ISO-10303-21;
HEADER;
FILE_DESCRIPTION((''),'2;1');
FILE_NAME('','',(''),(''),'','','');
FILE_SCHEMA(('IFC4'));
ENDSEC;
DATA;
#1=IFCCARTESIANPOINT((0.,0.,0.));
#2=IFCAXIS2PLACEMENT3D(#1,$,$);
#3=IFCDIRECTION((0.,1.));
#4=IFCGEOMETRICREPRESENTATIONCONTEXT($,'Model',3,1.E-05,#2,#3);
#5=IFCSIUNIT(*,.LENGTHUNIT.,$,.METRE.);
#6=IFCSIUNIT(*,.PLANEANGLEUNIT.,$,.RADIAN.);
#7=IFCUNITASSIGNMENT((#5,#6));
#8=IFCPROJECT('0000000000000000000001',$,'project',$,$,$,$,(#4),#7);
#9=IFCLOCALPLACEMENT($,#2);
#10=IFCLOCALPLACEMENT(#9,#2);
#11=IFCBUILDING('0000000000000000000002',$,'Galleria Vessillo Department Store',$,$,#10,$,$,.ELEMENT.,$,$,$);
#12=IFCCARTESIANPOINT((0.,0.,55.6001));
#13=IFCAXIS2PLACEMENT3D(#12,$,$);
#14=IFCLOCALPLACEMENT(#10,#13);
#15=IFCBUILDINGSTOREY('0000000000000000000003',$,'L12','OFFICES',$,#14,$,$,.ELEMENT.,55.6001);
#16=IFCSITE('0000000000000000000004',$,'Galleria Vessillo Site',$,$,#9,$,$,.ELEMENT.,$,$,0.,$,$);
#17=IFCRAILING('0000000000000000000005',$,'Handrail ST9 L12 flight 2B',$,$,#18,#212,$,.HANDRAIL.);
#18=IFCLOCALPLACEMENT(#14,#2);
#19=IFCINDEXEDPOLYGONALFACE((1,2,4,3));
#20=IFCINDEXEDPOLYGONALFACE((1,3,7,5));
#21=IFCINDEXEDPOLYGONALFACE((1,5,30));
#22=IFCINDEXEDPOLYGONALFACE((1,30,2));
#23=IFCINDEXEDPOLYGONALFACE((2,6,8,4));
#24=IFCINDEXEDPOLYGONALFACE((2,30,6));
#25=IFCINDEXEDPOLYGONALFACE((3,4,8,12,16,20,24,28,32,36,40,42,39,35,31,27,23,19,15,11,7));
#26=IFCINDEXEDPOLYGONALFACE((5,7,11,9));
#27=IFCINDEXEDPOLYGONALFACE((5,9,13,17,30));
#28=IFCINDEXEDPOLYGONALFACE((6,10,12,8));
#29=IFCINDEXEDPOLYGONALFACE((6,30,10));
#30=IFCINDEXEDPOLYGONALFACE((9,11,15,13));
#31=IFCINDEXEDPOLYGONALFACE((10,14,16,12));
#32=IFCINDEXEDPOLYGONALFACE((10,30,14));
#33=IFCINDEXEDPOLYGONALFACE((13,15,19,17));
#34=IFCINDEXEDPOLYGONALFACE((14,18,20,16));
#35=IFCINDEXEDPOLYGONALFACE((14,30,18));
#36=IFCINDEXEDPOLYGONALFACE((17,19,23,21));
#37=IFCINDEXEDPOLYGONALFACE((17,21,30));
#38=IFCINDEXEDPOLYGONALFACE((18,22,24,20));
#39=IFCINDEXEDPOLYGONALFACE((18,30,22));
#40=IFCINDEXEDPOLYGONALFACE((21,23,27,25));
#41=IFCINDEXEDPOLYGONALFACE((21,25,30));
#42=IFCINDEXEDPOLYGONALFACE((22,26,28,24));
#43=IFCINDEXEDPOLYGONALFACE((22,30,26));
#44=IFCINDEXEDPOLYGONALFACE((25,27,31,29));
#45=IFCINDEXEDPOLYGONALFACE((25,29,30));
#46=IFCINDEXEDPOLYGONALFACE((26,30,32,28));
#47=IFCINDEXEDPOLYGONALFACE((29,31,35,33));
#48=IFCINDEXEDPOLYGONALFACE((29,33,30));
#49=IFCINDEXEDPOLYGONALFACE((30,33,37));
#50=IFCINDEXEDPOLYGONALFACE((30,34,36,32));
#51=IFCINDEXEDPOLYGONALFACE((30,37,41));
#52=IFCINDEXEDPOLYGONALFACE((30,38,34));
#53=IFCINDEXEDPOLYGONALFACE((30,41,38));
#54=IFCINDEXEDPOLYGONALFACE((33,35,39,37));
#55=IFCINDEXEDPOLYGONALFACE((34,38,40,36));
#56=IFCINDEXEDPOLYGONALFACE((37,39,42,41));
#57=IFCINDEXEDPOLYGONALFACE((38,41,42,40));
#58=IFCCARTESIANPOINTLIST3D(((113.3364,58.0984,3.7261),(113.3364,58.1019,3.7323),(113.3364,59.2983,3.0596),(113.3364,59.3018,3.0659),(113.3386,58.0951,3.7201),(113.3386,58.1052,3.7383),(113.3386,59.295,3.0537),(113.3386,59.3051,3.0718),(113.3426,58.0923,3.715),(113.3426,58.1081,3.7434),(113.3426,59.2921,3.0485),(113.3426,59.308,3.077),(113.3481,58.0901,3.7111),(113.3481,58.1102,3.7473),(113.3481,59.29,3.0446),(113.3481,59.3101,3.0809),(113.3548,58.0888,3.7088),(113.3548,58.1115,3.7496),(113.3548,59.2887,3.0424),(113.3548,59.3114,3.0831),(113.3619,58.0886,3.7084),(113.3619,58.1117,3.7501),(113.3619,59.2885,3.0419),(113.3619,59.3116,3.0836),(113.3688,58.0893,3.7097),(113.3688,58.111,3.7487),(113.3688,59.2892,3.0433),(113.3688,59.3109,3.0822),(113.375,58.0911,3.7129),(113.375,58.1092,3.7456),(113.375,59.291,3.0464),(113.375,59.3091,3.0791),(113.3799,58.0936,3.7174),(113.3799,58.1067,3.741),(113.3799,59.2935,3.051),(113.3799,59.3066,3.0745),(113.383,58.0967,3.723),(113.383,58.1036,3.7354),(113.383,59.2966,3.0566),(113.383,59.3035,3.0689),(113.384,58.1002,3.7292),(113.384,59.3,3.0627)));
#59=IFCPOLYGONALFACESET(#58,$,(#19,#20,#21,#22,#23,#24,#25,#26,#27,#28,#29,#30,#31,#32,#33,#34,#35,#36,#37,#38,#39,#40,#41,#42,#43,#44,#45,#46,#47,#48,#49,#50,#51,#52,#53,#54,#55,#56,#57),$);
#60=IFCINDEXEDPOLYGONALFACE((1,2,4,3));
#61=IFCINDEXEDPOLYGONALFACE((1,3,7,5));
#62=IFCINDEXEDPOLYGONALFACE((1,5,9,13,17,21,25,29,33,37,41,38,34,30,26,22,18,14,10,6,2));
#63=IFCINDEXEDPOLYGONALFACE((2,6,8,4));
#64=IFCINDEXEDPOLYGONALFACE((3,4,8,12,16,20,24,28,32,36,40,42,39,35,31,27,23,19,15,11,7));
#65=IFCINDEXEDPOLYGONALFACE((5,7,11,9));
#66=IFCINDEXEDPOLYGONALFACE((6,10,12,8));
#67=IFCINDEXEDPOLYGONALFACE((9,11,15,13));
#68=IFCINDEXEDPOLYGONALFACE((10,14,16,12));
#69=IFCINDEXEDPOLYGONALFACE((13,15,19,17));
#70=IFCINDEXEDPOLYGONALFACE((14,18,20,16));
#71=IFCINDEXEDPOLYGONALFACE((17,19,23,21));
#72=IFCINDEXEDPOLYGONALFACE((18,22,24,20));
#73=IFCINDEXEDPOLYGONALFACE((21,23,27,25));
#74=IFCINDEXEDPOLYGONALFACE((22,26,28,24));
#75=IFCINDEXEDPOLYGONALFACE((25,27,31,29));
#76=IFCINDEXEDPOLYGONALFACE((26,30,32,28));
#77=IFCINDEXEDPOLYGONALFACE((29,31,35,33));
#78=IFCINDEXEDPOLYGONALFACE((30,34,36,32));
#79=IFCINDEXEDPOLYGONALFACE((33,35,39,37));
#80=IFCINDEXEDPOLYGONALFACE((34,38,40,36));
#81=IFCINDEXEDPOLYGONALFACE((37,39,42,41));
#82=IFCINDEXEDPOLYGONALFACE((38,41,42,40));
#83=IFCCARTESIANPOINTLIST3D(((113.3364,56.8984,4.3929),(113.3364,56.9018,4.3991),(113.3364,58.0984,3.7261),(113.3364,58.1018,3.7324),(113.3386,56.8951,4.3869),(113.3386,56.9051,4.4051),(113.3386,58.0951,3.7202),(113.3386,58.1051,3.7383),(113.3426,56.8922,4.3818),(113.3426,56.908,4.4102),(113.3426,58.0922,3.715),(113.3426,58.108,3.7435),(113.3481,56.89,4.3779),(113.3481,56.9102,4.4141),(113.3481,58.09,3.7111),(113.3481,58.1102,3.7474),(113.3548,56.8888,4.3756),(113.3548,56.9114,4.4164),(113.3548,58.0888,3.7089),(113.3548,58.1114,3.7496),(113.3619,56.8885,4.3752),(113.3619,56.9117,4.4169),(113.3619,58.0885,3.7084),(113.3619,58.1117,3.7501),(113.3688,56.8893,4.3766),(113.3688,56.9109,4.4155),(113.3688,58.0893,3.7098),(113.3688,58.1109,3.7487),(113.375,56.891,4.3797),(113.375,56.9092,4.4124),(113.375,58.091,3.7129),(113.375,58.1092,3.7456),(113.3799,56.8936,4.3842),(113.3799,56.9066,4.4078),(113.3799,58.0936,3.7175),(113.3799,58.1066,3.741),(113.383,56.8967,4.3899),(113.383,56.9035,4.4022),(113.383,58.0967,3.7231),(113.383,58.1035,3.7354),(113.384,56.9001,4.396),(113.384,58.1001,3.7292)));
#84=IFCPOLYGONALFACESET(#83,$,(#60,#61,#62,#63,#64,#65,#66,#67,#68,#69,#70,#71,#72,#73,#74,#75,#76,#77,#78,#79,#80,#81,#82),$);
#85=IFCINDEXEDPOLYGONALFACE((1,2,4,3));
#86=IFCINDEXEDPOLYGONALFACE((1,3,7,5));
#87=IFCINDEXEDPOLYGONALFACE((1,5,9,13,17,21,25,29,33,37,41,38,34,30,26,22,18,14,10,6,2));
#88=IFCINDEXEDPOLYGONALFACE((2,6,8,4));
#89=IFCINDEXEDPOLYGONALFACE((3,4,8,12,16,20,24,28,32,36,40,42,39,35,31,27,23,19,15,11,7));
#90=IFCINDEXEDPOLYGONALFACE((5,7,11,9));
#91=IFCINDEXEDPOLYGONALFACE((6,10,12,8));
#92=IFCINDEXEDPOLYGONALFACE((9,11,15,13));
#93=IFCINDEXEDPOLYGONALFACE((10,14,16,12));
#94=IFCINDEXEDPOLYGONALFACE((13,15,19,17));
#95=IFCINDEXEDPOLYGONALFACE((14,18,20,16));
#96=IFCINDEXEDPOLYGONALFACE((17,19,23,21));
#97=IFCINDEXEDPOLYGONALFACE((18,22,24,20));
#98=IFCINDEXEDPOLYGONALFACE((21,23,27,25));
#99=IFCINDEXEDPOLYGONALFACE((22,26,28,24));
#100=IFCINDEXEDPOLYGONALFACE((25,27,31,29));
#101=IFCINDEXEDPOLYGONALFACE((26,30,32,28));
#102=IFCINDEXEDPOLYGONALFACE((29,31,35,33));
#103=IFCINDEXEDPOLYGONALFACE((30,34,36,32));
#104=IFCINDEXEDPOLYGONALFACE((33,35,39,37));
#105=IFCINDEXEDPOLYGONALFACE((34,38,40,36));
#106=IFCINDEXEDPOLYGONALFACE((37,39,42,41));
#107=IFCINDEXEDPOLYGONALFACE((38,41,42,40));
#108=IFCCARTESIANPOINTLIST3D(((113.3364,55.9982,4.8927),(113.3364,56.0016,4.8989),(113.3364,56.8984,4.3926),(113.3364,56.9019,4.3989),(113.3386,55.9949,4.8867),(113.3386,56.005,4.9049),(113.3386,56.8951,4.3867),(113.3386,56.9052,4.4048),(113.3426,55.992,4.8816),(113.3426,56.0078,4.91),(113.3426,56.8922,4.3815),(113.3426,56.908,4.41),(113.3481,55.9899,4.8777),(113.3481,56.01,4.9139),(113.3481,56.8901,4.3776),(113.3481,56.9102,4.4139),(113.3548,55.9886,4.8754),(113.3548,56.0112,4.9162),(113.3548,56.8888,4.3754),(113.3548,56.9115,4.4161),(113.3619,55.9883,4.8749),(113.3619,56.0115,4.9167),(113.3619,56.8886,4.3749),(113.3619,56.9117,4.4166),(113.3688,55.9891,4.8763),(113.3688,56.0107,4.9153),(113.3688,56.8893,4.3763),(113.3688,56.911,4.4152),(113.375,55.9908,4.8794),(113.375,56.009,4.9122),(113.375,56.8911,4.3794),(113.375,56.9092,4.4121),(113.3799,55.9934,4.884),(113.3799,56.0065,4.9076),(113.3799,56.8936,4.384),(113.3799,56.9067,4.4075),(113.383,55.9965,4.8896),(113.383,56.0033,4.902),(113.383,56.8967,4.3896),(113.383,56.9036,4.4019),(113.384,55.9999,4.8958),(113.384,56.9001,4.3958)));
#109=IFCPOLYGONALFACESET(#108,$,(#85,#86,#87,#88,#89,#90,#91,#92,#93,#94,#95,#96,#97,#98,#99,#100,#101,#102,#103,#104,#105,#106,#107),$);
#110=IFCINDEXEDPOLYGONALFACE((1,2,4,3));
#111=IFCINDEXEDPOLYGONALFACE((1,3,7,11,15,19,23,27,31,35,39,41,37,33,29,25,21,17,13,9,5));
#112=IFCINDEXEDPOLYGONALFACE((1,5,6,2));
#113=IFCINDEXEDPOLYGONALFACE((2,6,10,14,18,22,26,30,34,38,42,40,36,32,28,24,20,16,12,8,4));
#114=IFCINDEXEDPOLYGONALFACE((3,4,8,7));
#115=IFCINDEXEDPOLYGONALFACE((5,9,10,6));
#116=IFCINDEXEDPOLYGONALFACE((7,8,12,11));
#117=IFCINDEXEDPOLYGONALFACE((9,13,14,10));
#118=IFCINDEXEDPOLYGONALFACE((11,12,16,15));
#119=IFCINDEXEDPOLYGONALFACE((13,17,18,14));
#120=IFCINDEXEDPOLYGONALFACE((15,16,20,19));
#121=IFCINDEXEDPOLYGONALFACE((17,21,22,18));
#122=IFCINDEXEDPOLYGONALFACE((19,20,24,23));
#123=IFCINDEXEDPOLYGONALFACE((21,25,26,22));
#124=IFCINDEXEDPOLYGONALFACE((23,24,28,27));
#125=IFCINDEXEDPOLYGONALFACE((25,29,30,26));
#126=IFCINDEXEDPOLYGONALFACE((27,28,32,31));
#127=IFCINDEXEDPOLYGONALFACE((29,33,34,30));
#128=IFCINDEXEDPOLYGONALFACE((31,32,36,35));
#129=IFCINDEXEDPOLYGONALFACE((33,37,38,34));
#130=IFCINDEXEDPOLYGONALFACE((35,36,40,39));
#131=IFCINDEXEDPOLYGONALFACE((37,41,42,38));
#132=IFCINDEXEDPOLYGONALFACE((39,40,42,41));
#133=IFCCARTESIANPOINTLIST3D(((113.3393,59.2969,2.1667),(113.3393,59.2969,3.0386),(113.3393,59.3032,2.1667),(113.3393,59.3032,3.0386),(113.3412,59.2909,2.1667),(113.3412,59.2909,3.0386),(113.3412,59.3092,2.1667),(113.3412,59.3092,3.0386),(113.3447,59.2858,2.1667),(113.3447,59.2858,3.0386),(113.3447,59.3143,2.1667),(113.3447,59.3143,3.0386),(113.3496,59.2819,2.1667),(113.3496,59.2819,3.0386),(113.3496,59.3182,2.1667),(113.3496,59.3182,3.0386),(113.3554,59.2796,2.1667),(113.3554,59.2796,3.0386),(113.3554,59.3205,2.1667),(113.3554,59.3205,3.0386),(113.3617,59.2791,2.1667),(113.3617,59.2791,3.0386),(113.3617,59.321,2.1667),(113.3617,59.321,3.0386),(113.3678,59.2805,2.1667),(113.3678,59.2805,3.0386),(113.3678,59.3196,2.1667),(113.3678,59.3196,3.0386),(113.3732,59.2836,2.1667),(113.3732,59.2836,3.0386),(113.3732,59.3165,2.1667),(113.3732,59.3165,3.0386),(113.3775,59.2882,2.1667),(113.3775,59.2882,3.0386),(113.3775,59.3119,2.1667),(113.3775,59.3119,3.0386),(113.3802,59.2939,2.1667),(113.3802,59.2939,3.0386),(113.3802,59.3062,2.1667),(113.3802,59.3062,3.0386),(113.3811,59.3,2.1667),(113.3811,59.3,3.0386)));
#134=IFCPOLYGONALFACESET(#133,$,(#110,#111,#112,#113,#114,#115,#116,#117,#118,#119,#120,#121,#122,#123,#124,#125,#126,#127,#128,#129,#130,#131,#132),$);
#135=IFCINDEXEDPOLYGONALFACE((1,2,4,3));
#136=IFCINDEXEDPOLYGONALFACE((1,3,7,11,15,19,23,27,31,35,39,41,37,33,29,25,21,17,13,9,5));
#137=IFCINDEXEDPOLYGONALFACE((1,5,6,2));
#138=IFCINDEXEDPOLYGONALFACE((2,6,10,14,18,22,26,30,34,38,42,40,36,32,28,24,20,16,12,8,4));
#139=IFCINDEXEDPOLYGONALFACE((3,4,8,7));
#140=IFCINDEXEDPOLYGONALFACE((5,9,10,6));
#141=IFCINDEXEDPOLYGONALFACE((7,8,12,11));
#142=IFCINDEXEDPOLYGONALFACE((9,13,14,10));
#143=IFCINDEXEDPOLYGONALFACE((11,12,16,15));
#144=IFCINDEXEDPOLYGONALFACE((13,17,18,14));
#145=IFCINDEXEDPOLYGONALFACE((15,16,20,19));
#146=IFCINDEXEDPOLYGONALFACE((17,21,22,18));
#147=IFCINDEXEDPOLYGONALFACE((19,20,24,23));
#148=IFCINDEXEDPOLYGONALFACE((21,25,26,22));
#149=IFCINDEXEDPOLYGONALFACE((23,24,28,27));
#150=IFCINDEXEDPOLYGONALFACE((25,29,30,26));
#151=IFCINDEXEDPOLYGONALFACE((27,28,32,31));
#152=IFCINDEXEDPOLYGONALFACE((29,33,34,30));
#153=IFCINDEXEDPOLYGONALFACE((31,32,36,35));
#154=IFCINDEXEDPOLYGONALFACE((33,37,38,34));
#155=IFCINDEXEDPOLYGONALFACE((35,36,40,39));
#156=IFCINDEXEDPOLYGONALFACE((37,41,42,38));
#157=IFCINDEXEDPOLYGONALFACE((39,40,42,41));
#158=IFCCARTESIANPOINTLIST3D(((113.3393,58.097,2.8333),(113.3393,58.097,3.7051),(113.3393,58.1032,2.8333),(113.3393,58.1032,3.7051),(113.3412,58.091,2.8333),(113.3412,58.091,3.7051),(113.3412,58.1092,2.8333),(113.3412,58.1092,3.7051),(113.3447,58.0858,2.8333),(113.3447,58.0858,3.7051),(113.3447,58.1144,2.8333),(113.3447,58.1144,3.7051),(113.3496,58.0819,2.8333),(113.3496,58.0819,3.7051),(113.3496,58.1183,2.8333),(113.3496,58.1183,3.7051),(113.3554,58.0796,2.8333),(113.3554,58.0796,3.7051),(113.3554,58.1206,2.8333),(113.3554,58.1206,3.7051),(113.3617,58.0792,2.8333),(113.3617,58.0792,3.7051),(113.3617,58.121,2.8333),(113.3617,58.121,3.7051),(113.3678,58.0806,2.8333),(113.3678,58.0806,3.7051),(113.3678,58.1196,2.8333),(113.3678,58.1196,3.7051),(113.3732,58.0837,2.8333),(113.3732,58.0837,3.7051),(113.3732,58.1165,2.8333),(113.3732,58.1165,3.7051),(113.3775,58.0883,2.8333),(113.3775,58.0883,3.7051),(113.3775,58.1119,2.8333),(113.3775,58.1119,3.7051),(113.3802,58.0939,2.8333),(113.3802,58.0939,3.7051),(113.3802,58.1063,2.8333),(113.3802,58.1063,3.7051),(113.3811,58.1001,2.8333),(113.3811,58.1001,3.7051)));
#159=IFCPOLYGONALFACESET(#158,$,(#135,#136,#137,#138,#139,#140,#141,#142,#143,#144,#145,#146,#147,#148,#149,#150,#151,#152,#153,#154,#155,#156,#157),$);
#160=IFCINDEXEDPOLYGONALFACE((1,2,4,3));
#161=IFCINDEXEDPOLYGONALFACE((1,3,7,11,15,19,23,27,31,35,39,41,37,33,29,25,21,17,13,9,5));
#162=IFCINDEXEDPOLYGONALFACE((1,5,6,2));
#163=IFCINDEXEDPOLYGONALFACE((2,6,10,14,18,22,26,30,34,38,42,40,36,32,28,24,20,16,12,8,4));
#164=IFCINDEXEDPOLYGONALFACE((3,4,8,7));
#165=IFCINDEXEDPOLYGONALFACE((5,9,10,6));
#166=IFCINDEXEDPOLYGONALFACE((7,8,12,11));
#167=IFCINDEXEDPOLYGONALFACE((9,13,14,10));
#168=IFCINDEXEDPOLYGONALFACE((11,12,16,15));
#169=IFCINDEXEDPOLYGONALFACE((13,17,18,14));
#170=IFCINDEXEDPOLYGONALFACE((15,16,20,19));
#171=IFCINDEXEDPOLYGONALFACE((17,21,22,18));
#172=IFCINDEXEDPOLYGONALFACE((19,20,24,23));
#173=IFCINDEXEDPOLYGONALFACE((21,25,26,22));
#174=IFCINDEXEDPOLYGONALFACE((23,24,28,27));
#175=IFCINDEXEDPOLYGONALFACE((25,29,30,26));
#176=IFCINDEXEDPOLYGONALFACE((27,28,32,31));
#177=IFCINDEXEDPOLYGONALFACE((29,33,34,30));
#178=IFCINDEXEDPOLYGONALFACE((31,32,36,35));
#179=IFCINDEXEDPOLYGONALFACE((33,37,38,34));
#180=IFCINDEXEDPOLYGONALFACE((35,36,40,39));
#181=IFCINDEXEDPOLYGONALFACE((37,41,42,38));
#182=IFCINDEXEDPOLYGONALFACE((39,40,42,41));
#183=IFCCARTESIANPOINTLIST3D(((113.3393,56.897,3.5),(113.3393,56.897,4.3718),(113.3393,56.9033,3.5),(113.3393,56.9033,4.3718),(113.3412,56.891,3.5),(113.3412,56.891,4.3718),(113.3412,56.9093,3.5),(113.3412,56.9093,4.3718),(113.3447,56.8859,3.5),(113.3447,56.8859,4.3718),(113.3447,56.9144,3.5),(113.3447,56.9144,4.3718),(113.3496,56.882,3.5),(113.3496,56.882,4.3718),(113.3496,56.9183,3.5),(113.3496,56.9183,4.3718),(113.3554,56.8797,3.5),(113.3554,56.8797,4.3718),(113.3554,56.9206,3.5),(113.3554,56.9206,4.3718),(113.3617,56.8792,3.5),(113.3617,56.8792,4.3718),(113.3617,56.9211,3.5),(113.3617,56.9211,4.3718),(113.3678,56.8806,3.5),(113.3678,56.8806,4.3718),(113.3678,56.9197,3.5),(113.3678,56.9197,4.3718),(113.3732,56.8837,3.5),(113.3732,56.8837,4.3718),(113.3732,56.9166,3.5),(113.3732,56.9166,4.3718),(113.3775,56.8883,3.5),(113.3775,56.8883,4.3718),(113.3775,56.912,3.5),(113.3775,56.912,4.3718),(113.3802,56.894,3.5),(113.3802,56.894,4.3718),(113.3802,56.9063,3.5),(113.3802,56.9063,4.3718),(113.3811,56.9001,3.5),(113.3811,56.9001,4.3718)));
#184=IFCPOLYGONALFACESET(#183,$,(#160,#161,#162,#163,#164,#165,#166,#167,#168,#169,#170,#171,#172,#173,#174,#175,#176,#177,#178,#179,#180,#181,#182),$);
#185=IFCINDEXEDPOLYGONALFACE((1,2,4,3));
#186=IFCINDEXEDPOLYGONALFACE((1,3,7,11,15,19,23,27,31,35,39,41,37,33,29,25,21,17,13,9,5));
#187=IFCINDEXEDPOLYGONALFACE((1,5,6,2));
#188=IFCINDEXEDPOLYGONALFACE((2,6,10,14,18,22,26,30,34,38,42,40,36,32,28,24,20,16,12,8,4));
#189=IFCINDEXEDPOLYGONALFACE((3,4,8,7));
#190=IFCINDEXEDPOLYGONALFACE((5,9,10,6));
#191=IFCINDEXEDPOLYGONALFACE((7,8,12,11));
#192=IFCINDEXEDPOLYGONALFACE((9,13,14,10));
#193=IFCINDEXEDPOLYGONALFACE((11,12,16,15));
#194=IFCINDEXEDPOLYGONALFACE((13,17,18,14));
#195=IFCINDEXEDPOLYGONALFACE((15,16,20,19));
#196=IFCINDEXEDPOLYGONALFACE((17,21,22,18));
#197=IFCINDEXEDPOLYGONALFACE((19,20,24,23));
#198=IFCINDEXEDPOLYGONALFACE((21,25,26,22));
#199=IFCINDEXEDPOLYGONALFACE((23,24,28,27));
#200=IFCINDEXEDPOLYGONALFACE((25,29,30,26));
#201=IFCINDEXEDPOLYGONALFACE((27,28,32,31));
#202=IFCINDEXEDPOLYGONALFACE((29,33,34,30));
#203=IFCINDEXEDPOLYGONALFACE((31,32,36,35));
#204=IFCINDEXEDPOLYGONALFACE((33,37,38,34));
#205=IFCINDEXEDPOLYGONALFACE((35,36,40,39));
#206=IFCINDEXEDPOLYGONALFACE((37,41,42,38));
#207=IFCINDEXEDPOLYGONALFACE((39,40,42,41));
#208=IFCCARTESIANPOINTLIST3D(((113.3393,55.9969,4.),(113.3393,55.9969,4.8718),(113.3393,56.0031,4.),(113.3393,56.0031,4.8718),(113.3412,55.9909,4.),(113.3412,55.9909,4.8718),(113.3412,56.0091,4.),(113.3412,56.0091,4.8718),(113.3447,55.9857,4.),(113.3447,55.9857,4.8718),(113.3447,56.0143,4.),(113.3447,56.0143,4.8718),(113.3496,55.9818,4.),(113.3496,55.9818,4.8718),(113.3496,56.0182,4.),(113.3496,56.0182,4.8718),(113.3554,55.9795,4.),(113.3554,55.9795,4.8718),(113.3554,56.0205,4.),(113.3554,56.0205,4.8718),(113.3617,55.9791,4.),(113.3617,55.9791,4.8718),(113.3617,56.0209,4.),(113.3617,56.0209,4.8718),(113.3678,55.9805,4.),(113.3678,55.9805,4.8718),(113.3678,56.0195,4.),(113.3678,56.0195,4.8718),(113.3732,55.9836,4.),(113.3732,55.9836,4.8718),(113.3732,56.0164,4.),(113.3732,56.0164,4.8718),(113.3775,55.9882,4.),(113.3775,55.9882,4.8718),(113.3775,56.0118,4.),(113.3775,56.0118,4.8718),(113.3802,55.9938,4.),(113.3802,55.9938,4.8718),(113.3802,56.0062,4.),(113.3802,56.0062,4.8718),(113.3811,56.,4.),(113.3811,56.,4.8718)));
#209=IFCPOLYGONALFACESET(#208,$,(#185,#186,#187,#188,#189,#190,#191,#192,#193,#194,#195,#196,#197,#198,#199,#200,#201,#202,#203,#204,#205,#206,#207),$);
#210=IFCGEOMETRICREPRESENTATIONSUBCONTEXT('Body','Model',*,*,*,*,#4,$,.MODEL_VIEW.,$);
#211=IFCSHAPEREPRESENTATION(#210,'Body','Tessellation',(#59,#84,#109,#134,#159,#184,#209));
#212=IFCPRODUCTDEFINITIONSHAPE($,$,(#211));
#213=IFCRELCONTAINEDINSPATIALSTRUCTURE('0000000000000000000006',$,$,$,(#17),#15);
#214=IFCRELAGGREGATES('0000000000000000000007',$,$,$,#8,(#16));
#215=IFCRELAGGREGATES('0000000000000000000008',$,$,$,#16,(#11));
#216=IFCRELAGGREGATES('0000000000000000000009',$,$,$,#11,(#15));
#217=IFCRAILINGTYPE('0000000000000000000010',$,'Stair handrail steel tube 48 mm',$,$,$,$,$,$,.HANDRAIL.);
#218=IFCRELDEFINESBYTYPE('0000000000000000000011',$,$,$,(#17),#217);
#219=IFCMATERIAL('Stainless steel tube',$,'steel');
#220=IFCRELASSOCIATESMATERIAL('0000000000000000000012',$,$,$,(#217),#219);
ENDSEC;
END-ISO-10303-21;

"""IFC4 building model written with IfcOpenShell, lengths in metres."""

from ifc_helpers import new_model, si_unit, direction, frame, origin, origin_2d, place, context, subcontext, project, spatial, circle, extrude, material, type_object, element, save


model = new_model("IFC4")

# Units and contexts
model_context = context("Model", 3, precision=1e-05, world=origin(), true_north=direction((0.0, 1.0)))
body_context = subcontext(model_context, "Body", "Model", "MODEL_VIEW")
ifc_project = project(units=[si_unit("LENGTHUNIT", "METRE"), si_unit("PLANEANGLEUNIT", "RADIAN")], contexts=[model_context])

# Site, building, storey
site_placement = place(None, origin())
site = spatial("IfcSite", under=ifc_project, at=site_placement, Name="Galleria Vessillo Site", CompositionType="ELEMENT", RefElevation=0.0)
building_placement = place(site_placement, origin())
building = spatial("IfcBuilding", under=site, at=building_placement, Name="Galleria Vessillo Department Store", CompositionType="ELEMENT")
storey_placement = place(building_placement, frame((0.0, 0.0, 55.6001)))
storey = spatial("IfcBuildingStorey", under=building, at=storey_placement, Name="L12", Description="OFFICES", CompositionType="ELEMENT", Elevation=55.6001)

# Railing
ifc_material_1 = material(Name="Stainless steel tube", Category="steel")
railing_type = type_object("IfcRailingType", Name="Stair handrail steel tube 48 mm", PredefinedType="HANDRAIL", material=ifc_material_1)
for number, where, name in (
    (1, (113.3601, 59.3, 2.1667), "Handrail ST9 L12 flight 2B"),
):
    element("IfcRailing", number, at=place(storey_placement, frame(where)), inside=storey, type_object=railing_type, Name=name, PredefinedType="HANDRAIL", context=body_context, shape_type="SweptSolid", body=[
        extrude(circle(Radius=0.0239, at=origin_2d()), frame((0.0, 0.0, 0.896), z_axis=(0.0, -0.874199, 0.485567), x_axis=(1.0, 0.0, 0.0)), (0.0, 0.0, 1.0), 1.3726),
        extrude(circle(Radius=0.0239, at=origin_2d()), frame((0.0, -1.2, 1.5625), z_axis=(0.0, -0.874124, 0.485703), x_axis=(1.0, 0.0, 0.0)), (0.0, 0.0, 1.0), 1.3728),
        extrude(circle(Radius=0.0239, at=origin_2d()), frame((0.0, -2.3999, 2.229), z_axis=(0.0, -0.874191, 0.485583), x_axis=(1.0, 0.0, 0.0)), (0.0, 0.0, 1.0), 1.0298),
        extrude(circle(Radius=0.021, at=origin_2d()), origin(), (0.0, 0.0, 1.0), 0.8718),
        extrude(circle(Radius=0.021, at=origin_2d()), frame((0.0, -1.2, 0.6665)), (0.0, 0.0, 1.0), 0.8718),
        extrude(circle(Radius=0.021, at=origin_2d()), frame((0.0, -2.3999, 1.3333)), (0.0, 0.0, 1.0), 0.8718),
        extrude(circle(Radius=0.021, at=origin_2d()), frame((0.0, -3.3, 1.8333)), (0.0, 0.0, 1.0), 0.8718),
    ])

save(model, "model.ifc")
